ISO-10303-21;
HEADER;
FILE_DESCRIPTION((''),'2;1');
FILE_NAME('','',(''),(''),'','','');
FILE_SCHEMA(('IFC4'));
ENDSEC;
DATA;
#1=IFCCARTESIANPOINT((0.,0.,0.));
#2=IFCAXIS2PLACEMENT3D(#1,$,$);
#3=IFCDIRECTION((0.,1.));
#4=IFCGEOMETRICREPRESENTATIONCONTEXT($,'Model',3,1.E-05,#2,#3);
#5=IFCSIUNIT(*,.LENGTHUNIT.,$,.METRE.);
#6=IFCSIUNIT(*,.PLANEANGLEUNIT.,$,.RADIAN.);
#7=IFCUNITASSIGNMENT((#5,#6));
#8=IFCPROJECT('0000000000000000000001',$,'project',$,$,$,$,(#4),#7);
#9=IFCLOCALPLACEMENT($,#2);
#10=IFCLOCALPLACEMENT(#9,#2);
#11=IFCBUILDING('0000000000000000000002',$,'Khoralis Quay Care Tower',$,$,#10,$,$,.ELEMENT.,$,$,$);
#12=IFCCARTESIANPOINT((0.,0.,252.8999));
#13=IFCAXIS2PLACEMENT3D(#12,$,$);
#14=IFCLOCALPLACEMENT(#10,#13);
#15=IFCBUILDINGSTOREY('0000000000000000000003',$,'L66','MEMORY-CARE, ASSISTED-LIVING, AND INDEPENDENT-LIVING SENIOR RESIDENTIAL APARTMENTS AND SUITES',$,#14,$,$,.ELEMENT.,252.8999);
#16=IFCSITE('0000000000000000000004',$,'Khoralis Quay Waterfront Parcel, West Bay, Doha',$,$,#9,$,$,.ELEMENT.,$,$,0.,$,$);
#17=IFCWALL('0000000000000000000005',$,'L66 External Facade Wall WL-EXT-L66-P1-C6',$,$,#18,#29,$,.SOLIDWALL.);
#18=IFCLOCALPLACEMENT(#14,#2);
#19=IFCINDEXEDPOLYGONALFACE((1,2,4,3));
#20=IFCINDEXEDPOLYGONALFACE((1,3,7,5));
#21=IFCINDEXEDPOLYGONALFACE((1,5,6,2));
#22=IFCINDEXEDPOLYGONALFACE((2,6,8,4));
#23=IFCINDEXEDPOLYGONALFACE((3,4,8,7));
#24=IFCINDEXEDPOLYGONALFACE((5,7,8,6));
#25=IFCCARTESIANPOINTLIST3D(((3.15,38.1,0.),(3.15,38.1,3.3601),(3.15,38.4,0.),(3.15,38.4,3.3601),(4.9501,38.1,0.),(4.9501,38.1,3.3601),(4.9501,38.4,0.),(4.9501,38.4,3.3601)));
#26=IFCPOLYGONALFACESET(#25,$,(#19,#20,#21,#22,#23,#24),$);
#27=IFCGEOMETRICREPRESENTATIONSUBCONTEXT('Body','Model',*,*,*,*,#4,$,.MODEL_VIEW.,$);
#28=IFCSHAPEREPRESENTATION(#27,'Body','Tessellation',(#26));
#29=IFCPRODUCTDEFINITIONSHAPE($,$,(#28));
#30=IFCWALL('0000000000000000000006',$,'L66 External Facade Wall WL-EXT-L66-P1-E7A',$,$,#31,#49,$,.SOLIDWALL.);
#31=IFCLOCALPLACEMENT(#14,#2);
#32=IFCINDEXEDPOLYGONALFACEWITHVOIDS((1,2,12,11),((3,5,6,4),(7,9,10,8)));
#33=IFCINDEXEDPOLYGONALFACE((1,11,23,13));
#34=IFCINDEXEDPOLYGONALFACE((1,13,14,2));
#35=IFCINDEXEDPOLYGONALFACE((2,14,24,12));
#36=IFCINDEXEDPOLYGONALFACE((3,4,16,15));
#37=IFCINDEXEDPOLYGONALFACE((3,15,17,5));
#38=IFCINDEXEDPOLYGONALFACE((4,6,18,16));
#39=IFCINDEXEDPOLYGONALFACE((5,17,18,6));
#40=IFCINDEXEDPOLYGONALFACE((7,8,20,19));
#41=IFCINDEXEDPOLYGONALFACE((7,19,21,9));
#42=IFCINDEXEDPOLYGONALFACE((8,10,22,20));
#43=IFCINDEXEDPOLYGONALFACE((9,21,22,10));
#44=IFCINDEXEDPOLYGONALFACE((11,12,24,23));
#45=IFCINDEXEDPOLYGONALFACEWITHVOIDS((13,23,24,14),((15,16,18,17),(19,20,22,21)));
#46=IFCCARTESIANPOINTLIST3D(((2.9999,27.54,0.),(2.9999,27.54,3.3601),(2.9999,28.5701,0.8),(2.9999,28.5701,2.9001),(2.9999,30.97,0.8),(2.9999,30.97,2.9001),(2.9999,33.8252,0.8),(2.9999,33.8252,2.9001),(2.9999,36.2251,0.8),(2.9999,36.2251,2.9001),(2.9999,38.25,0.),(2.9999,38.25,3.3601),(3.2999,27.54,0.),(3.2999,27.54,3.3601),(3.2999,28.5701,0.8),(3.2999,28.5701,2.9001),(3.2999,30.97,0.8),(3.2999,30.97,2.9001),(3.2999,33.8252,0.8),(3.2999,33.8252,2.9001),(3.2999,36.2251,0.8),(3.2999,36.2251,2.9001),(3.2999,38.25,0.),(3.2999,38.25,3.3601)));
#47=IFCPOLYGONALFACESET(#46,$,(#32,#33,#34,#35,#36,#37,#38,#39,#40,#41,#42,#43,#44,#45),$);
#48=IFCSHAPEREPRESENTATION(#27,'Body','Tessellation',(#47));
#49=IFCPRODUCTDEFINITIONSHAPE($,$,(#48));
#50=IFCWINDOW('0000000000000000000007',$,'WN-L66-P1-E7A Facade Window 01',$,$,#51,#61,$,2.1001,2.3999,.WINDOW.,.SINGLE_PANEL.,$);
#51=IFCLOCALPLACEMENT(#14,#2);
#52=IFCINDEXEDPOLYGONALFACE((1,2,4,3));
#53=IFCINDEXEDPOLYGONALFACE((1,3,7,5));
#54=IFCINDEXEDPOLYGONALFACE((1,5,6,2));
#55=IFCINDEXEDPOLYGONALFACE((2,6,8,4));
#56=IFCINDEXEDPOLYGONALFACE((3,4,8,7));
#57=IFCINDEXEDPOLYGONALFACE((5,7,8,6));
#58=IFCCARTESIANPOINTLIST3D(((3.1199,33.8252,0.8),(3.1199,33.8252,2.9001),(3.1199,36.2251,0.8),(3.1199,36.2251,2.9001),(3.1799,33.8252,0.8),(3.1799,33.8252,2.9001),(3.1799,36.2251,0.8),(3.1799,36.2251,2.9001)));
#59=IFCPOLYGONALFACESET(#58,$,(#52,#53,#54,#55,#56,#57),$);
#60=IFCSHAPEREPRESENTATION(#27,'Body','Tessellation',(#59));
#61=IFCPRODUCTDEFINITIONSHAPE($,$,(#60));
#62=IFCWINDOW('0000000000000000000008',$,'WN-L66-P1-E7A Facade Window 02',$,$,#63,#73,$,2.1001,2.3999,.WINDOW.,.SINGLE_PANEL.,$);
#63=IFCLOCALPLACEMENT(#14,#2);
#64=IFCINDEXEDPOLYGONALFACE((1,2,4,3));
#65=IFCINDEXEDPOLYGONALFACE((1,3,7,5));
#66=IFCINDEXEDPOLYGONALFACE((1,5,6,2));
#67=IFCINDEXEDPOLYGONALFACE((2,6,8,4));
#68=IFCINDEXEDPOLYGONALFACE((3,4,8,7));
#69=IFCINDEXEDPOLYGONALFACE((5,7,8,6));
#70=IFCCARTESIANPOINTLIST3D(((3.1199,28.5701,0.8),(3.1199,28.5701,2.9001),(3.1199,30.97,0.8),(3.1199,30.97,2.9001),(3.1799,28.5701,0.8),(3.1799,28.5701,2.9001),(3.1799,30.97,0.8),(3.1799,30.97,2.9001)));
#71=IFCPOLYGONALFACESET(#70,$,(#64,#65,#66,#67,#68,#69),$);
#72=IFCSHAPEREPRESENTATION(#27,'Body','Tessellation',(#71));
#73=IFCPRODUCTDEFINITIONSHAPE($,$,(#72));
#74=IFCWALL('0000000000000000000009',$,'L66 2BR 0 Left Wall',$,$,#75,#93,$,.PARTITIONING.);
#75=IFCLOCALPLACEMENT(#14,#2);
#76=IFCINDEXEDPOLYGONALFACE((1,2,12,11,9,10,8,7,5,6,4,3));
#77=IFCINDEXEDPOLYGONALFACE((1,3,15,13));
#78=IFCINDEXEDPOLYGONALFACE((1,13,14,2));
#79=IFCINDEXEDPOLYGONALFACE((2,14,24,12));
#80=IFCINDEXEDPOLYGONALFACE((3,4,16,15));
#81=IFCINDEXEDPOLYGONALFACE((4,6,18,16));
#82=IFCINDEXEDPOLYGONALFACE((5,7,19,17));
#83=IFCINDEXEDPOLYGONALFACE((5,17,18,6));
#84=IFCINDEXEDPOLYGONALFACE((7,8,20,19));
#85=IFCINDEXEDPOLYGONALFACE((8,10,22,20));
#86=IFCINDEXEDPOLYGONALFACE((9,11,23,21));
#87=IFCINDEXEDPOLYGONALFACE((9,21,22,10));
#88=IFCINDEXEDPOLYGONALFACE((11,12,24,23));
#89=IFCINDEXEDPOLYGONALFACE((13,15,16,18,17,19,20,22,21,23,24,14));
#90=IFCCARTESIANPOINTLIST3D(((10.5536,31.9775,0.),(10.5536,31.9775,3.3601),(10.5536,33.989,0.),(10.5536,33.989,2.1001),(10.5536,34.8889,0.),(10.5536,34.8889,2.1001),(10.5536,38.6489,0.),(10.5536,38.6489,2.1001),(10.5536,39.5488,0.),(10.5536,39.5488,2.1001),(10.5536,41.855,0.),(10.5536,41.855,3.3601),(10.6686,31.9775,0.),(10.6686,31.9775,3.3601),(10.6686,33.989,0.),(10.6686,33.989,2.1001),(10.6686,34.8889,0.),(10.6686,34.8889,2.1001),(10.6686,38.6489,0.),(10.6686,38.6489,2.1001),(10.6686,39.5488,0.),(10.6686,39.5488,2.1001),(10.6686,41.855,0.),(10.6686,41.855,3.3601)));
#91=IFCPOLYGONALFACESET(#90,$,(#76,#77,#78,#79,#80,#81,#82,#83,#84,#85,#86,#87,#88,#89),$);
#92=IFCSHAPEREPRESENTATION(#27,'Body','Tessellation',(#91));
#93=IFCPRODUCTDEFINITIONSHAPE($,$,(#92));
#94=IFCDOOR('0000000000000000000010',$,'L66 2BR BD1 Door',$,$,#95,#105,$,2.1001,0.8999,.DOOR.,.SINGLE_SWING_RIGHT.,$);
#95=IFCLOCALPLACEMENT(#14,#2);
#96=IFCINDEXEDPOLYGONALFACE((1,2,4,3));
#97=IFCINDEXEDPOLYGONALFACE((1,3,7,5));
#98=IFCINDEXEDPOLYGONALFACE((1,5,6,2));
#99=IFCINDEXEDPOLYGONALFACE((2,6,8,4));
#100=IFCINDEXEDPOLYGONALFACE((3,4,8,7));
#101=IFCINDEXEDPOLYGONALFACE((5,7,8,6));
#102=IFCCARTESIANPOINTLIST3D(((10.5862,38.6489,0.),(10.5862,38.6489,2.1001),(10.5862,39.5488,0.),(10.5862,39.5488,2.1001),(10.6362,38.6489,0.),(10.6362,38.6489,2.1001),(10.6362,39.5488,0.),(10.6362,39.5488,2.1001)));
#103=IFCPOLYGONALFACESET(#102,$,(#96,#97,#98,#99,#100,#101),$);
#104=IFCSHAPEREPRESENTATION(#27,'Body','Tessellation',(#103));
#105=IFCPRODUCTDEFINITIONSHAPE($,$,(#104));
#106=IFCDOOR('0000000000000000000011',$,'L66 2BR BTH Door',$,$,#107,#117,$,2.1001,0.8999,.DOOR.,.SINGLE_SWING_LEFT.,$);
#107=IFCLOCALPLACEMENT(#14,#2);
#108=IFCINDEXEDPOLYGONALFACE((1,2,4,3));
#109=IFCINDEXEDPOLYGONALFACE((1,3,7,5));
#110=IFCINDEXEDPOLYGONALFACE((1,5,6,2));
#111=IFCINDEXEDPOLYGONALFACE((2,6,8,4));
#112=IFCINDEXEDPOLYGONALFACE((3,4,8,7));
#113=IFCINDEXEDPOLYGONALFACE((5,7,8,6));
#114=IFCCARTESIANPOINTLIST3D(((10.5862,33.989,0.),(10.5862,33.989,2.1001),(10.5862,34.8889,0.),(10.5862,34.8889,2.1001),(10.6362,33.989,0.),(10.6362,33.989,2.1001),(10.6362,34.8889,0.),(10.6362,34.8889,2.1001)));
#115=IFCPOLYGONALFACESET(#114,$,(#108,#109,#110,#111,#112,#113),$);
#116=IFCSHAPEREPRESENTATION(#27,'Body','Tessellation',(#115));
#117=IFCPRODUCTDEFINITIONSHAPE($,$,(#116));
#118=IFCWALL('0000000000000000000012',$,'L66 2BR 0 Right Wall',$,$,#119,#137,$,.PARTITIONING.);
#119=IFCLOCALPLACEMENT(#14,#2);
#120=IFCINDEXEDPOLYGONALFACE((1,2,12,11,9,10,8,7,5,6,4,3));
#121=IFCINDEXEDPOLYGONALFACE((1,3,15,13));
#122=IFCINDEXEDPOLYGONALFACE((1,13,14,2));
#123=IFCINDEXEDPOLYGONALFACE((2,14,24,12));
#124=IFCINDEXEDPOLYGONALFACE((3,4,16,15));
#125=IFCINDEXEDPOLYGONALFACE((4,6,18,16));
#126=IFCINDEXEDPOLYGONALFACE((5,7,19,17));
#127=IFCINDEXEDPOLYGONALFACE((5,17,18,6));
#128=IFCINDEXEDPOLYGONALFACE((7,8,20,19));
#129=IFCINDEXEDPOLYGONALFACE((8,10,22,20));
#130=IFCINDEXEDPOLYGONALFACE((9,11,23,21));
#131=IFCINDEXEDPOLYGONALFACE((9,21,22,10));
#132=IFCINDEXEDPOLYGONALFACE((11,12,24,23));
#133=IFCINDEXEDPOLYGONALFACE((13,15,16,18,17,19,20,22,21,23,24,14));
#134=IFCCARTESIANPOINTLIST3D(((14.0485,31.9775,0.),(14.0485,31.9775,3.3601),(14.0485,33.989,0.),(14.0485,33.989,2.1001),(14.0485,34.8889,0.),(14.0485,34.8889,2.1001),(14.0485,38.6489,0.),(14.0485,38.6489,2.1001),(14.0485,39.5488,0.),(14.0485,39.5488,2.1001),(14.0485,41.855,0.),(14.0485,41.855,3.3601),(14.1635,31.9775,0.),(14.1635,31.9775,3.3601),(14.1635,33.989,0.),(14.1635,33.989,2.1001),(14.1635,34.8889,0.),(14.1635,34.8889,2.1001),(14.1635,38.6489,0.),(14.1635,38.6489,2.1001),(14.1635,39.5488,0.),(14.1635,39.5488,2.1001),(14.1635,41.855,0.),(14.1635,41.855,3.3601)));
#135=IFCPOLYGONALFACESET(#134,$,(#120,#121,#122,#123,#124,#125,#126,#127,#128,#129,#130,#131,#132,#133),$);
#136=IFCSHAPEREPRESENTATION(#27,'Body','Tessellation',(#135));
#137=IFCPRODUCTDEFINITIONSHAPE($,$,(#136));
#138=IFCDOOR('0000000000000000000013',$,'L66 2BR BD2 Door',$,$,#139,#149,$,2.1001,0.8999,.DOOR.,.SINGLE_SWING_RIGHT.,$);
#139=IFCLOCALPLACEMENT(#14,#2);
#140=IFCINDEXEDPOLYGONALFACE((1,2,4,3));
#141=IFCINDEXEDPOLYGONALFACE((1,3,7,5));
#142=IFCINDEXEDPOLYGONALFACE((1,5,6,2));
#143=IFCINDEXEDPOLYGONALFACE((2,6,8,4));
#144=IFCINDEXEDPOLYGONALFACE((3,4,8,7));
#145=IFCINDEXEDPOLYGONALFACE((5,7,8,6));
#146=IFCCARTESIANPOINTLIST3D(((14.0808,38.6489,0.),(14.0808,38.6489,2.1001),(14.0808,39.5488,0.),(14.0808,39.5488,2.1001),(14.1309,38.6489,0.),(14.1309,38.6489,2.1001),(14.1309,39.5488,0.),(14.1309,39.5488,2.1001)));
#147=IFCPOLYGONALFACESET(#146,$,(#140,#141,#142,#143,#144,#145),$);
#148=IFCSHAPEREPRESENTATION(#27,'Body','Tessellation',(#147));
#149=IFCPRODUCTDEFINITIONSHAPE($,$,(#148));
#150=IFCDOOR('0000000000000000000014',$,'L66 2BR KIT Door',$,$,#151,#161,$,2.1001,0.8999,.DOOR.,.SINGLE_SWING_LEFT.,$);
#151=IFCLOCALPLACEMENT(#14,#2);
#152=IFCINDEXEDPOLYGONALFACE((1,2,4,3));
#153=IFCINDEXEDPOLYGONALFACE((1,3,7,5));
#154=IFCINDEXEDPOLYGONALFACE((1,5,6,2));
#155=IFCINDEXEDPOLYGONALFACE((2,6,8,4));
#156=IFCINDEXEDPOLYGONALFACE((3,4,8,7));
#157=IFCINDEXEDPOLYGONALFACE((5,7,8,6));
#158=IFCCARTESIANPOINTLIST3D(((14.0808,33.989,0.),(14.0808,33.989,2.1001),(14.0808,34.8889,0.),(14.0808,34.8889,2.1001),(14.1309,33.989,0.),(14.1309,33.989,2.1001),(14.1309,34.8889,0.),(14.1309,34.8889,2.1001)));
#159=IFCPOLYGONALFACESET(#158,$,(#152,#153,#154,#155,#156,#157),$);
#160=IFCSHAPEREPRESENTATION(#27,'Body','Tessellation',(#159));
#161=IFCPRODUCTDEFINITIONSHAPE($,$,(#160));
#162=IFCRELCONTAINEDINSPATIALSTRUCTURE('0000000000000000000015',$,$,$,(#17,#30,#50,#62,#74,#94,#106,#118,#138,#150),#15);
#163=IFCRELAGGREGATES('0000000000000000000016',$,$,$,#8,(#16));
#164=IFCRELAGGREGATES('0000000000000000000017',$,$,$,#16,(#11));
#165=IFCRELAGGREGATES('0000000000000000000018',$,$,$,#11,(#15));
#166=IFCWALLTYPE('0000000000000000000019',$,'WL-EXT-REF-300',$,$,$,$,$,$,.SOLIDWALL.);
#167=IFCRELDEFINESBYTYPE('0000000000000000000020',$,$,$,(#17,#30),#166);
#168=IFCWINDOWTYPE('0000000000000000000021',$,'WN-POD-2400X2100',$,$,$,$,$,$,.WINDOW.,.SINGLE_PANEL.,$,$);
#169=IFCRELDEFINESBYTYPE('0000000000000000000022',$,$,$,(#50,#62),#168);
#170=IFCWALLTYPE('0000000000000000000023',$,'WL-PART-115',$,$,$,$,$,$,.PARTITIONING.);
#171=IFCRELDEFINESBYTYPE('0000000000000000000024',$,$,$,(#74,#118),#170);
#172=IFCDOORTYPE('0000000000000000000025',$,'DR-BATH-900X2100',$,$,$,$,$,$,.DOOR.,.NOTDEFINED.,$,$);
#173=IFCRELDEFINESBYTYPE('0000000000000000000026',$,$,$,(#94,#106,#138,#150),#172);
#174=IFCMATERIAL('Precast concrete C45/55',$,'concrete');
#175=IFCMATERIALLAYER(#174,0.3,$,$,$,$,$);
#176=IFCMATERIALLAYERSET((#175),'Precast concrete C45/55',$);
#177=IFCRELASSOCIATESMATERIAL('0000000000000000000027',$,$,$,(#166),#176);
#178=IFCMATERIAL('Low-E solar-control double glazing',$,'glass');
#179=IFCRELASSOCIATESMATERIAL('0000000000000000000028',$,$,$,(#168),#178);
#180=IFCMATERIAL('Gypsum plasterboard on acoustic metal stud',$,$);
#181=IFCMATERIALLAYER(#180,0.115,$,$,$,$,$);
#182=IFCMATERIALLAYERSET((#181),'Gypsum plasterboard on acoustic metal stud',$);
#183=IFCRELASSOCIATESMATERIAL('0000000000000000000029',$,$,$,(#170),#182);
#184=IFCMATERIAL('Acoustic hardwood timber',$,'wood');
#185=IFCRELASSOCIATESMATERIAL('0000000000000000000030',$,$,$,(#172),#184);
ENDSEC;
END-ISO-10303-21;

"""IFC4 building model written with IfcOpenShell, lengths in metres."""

from ifc_helpers import new_model, si_unit, direction, frame, frame_2d, origin, place, context, subcontext, project, spatial, rectangle, extrude, source, transform, mapped, material, layer, layer_set, type_object, element, fill, save


model = new_model("IFC4")

# Units and contexts
model_context = context("Model", 3, precision=1e-05, world=origin(), true_north=direction((0.0, 1.0)))
body_context = subcontext(model_context, "Body", "Model", "MODEL_VIEW")
ifc_project = project(units=[si_unit("LENGTHUNIT", "METRE"), si_unit("PLANEANGLEUNIT", "RADIAN")], contexts=[model_context])

# Site, building, storey
site_placement = place(None, origin())
site = spatial("IfcSite", under=ifc_project, at=site_placement, Name="Khoralis Quay Waterfront Parcel, West Bay, Doha", CompositionType="ELEMENT", RefElevation=0.0)
building_placement = place(site_placement, origin())
building = spatial("IfcBuilding", under=site, at=building_placement, Name="Khoralis Quay Care Tower", CompositionType="ELEMENT")
storey_placement = place(building_placement, frame((0.0, 0.0, 252.8999)))
storey = spatial("IfcBuildingStorey", under=building, at=storey_placement, Name="L66", Description="MEMORY-CARE, ASSISTED-LIVING, AND INDEPENDENT-LIVING SENIOR RESIDENTIAL APARTMENTS AND SUITES", CompositionType="ELEMENT", Elevation=252.8999)

# Shared definitions
ifc_material_1 = material(Name="Gypsum plasterboard on acoustic metal stud")
ifc_material_2 = material(Name="Acoustic hardwood timber", Category="wood")

# Wall
ifc_material_3 = material(Name="Precast concrete C45/55", Category="concrete")
ifc_layer_1 = layer(ifc_material_3, 0.3)
ifc_layer_set_1 = layer_set([ifc_layer_1], Name="Precast concrete C45/55")
wall_type_1 = type_object("IfcWallType", Name="WL-EXT-REF-300", PredefinedType="SOLIDWALL", material=ifc_layer_set_1)
for number, where, z_axis, x_axis, name in (
    (1, (4.95, 38.25, 0.0), (0.0, 0.0, 1.0), (-1.0, 0.0, 0.0), "L66 External Facade Wall WL-EXT-L66-P1-C6"),
):
    element("IfcWall", number, at=place(storey_placement, frame(where, z_axis=z_axis, x_axis=x_axis)), inside=storey, type_object=wall_type_1, Name=name, PredefinedType="SOLIDWALL", context=body_context, shape_type="SweptSolid", body=[
        extrude(rectangle(XDim=1.8, YDim=0.3, at=frame_2d((0.8999, 0.0))), origin(), (0.0, 0.0, 1.0), 3.3601),
    ])

# Wall, openings, windows
wall_1_placement = place(storey_placement, frame((3.1499, 38.25, 0.0), z_axis=(0.0, 0.0, 1.0), x_axis=(0.0, -1.0, 0.0)))
wall_1 = element("IfcWall", 2, at=wall_1_placement, inside=storey, type_object=wall_type_1, Name="L66 External Facade Wall WL-EXT-L66-P1-E7A", PredefinedType="SOLIDWALL", context=body_context, shape_type="SweptSolid", body=[
    extrude(rectangle(XDim=10.71, YDim=0.3, at=frame_2d((5.355, 0.0))), origin(), (0.0, 0.0, 1.0), 3.3601),
])
opening_1_placement = place(wall_1_placement, frame((2.0249, 0.0, 0.8)))
opening_1 = element("IfcOpeningElement", 3, at=opening_1_placement, cuts=wall_1, PredefinedType="OPENING", context=body_context, shape_type="SweptSolid", body=[
    extrude(rectangle(XDim=2.3999, YDim=2.1001, at=frame_2d((1.2, 1.05))), frame((0.0, 0.1602, 0.0), z_axis=(0.0, -1.0, 0.0), x_axis=(1.0, 0.0, 0.0)), (0.0, 0.0, 1.0), 0.3201),
])
opening_2_placement = place(wall_1_placement, frame((7.28, 0.0, 0.8)))
opening_2 = element("IfcOpeningElement", 4, at=opening_2_placement, cuts=wall_1, PredefinedType="OPENING", context=body_context, shape_type="SweptSolid", body=[
    extrude(rectangle(XDim=2.3999, YDim=2.1001, at=frame_2d((1.2, 1.05))), frame((0.0, 0.1602, 0.0), z_axis=(0.0, -1.0, 0.0), x_axis=(1.0, 0.0, 0.0)), (0.0, 0.0, 1.0), 0.3201),
])
ifc_material_4 = material(Name="Low-E solar-control double glazing", Category="glass")
window_type = type_object("IfcWindowType", Name="WN-POD-2400X2100", PartitioningType="SINGLE_PANEL", PredefinedType="WINDOW", material=ifc_material_4)
shared_shape_1 = source(origin(), body_context, "Body", "SweptSolid", [
    extrude(rectangle(XDim=2.3999, YDim=2.1001, at=frame_2d((1.2, 1.05))), frame((0.0, 0.03, 0.0), z_axis=(0.0, -1.0, 0.0), x_axis=(1.0, 0.0, 0.0)), (0.0, 0.0, 1.0), 0.0601),
])
window_1_placement = place(opening_1_placement, origin())
window_1 = element("IfcWindow", 5, at=window_1_placement, inside=storey, type_object=window_type, Name="WN-L66-P1-E7A Facade Window 01", OverallHeight=2.1001, OverallWidth=2.3999, PartitioningType="SINGLE_PANEL", PredefinedType="WINDOW", context=body_context, shape_type="MappedRepresentation", body=[
    mapped(shared_shape_1, transform((0.0, 0.0, 0.0), scale=1.0)),
])
fill(opening_1, window_1)
window_2_placement = place(opening_2_placement, origin())
window_2 = element("IfcWindow", 6, at=window_2_placement, inside=storey, type_object=window_type, Name="WN-L66-P1-E7A Facade Window 02", OverallHeight=2.1001, OverallWidth=2.3999, PartitioningType="SINGLE_PANEL", PredefinedType="WINDOW", context=body_context, shape_type="MappedRepresentation", body=[
    mapped(shared_shape_1, transform((0.0, 0.0, 0.0), scale=1.0)),
])
fill(opening_2, window_2)

# Walls, openings, doors
ifc_layer_2 = layer(ifc_material_1, 0.115)
ifc_layer_set_2 = layer_set([ifc_layer_2], Name="Gypsum plasterboard on acoustic metal stud")
wall_type_2 = type_object("IfcWallType", Name="WL-PART-115", PredefinedType="PARTITIONING", material=ifc_layer_set_2)
wall_2_placement = place(storey_placement, frame((10.6111, 31.9775, 0.0), z_axis=(0.0, 0.0, 1.0), x_axis=(0.0, 1.0, 0.0)))
wall_2 = element("IfcWall", 7, at=wall_2_placement, inside=storey, type_object=wall_type_2, Name="L66 2BR 0 Left Wall", PredefinedType="PARTITIONING", context=body_context, shape_type="SweptSolid", body=[
    extrude(rectangle(XDim=9.8774, YDim=0.115, at=frame_2d((4.9387, 0.0))), origin(), (0.0, 0.0, 1.0), 3.3601),
])
opening_3_placement = place(wall_2_placement, frame((6.6714, 0.0, 0.0)))
opening_3 = element("IfcOpeningElement", 8, at=opening_3_placement, cuts=wall_2, PredefinedType="OPENING", context=body_context, shape_type="SweptSolid", body=[
    extrude(rectangle(XDim=0.8999, YDim=2.1001, at=frame_2d((0.45, 1.05))), frame((0.0, 0.0674, 0.0), z_axis=(0.0, -1.0, 0.0), x_axis=(1.0, 0.0, 0.0)), (0.0, 0.0, 1.0), 0.135),
])
opening_4_placement = place(wall_2_placement, frame((2.0115, 0.0, 0.0)))
opening_4 = element("IfcOpeningElement", 9, at=opening_4_placement, cuts=wall_2, PredefinedType="OPENING", context=body_context, shape_type="SweptSolid", body=[
    extrude(rectangle(XDim=0.8999, YDim=2.1001, at=frame_2d((0.45, 1.05))), frame((0.0, 0.0674, 0.0), z_axis=(0.0, -1.0, 0.0), x_axis=(1.0, 0.0, 0.0)), (0.0, 0.0, 1.0), 0.135),
])
door_type_1 = type_object("IfcDoorType", Name="DR-BATH-900X2100", OperationType="NOTDEFINED", PredefinedType="DOOR", material=ifc_material_2)
shared_shape_2 = source(origin(), body_context, "Body", "SweptSolid", [
    extrude(rectangle(XDim=0.8999, YDim=2.1001, at=frame_2d((0.45, 1.05))), frame((0.0, 0.0249, 0.0), z_axis=(0.0, -1.0, 0.0), x_axis=(1.0, 0.0, 0.0)), (0.0, 0.0, 1.0), 0.05),
])
door_1_placement = place(opening_3_placement, origin())
door_1 = element("IfcDoor", 10, at=door_1_placement, inside=storey, type_object=door_type_1, Name="L66 2BR BD1 Door", OperationType="SINGLE_SWING_RIGHT", OverallHeight=2.1001, OverallWidth=0.8999, PredefinedType="DOOR", context=body_context, shape_type="MappedRepresentation", body=[
    mapped(shared_shape_2, transform((0.0, 0.0, 0.0), scale=1.0)),
])
fill(opening_3, door_1)
door_2_placement = place(opening_4_placement, origin())
door_2 = element("IfcDoor", 11, at=door_2_placement, inside=storey, type_object=door_type_1, Name="L66 2BR BTH Door", OperationType="SINGLE_SWING_LEFT", OverallHeight=2.1001, OverallWidth=0.8999, PredefinedType="DOOR", context=body_context, shape_type="MappedRepresentation", body=[
    mapped(shared_shape_2, transform((0.0, 0.0, 0.0), scale=1.0)),
])
fill(opening_4, door_2)
wall_3_placement = place(storey_placement, frame((14.106, 31.9775, 0.0), z_axis=(0.0, 0.0, 1.0), x_axis=(0.0, 1.0, 0.0)))
wall_3 = element("IfcWall", 12, at=wall_3_placement, inside=storey, type_object=wall_type_2, Name="L66 2BR 0 Right Wall", PredefinedType="PARTITIONING", context=body_context, shape_type="SweptSolid", body=[
    extrude(rectangle(XDim=9.8774, YDim=0.115, at=frame_2d((4.9387, 0.0))), origin(), (0.0, 0.0, 1.0), 3.3601),
])
opening_5_placement = place(wall_3_placement, frame((6.6714, 0.0, 0.0)))
opening_5 = element("IfcOpeningElement", 13, at=opening_5_placement, cuts=wall_3, PredefinedType="OPENING", context=body_context, shape_type="SweptSolid", body=[
    extrude(rectangle(XDim=0.8999, YDim=2.1001, at=frame_2d((0.45, 1.05))), frame((0.0, 0.0674, 0.0), z_axis=(0.0, -1.0, 0.0), x_axis=(1.0, 0.0, 0.0)), (0.0, 0.0, 1.0), 0.135),
])
opening_6_placement = place(wall_3_placement, frame((2.0115, 0.0, 0.0)))
opening_6 = element("IfcOpeningElement", 14, at=opening_6_placement, cuts=wall_3, PredefinedType="OPENING", context=body_context, shape_type="SweptSolid", body=[
    extrude(rectangle(XDim=0.8999, YDim=2.1001, at=frame_2d((0.45, 1.05))), frame((0.0, 0.0674, 0.0), z_axis=(0.0, -1.0, 0.0), x_axis=(1.0, 0.0, 0.0)), (0.0, 0.0, 1.0), 0.135),
])
door_3_placement = place(opening_5_placement, frame((0.8999, 0.0, 0.0), z_axis=(0.0, 0.0, 1.0), x_axis=(-1.0, 0.0, 0.0)))
door_3 = element("IfcDoor", 15, at=door_3_placement, inside=storey, type_object=door_type_1, Name="L66 2BR BD2 Door", OperationType="SINGLE_SWING_RIGHT", OverallHeight=2.1001, OverallWidth=0.8999, PredefinedType="DOOR", context=body_context, shape_type="MappedRepresentation", body=[
    mapped(shared_shape_2, transform((0.0, 0.0, 0.0), scale=1.0)),
])
fill(opening_5, door_3)
door_4_placement = place(opening_6_placement, frame((0.8999, 0.0, 0.0), z_axis=(0.0, 0.0, 1.0), x_axis=(-1.0, 0.0, 0.0)))
door_4 = element("IfcDoor", 16, at=door_4_placement, inside=storey, type_object=door_type_1, Name="L66 2BR KIT Door", OperationType="SINGLE_SWING_LEFT", OverallHeight=2.1001, OverallWidth=0.8999, PredefinedType="DOOR", context=body_context, shape_type="MappedRepresentation", body=[
    mapped(shared_shape_2, transform((0.0, 0.0, 0.0), scale=1.0)),
])
fill(opening_6, door_4)

save(model, "model.ifc")
